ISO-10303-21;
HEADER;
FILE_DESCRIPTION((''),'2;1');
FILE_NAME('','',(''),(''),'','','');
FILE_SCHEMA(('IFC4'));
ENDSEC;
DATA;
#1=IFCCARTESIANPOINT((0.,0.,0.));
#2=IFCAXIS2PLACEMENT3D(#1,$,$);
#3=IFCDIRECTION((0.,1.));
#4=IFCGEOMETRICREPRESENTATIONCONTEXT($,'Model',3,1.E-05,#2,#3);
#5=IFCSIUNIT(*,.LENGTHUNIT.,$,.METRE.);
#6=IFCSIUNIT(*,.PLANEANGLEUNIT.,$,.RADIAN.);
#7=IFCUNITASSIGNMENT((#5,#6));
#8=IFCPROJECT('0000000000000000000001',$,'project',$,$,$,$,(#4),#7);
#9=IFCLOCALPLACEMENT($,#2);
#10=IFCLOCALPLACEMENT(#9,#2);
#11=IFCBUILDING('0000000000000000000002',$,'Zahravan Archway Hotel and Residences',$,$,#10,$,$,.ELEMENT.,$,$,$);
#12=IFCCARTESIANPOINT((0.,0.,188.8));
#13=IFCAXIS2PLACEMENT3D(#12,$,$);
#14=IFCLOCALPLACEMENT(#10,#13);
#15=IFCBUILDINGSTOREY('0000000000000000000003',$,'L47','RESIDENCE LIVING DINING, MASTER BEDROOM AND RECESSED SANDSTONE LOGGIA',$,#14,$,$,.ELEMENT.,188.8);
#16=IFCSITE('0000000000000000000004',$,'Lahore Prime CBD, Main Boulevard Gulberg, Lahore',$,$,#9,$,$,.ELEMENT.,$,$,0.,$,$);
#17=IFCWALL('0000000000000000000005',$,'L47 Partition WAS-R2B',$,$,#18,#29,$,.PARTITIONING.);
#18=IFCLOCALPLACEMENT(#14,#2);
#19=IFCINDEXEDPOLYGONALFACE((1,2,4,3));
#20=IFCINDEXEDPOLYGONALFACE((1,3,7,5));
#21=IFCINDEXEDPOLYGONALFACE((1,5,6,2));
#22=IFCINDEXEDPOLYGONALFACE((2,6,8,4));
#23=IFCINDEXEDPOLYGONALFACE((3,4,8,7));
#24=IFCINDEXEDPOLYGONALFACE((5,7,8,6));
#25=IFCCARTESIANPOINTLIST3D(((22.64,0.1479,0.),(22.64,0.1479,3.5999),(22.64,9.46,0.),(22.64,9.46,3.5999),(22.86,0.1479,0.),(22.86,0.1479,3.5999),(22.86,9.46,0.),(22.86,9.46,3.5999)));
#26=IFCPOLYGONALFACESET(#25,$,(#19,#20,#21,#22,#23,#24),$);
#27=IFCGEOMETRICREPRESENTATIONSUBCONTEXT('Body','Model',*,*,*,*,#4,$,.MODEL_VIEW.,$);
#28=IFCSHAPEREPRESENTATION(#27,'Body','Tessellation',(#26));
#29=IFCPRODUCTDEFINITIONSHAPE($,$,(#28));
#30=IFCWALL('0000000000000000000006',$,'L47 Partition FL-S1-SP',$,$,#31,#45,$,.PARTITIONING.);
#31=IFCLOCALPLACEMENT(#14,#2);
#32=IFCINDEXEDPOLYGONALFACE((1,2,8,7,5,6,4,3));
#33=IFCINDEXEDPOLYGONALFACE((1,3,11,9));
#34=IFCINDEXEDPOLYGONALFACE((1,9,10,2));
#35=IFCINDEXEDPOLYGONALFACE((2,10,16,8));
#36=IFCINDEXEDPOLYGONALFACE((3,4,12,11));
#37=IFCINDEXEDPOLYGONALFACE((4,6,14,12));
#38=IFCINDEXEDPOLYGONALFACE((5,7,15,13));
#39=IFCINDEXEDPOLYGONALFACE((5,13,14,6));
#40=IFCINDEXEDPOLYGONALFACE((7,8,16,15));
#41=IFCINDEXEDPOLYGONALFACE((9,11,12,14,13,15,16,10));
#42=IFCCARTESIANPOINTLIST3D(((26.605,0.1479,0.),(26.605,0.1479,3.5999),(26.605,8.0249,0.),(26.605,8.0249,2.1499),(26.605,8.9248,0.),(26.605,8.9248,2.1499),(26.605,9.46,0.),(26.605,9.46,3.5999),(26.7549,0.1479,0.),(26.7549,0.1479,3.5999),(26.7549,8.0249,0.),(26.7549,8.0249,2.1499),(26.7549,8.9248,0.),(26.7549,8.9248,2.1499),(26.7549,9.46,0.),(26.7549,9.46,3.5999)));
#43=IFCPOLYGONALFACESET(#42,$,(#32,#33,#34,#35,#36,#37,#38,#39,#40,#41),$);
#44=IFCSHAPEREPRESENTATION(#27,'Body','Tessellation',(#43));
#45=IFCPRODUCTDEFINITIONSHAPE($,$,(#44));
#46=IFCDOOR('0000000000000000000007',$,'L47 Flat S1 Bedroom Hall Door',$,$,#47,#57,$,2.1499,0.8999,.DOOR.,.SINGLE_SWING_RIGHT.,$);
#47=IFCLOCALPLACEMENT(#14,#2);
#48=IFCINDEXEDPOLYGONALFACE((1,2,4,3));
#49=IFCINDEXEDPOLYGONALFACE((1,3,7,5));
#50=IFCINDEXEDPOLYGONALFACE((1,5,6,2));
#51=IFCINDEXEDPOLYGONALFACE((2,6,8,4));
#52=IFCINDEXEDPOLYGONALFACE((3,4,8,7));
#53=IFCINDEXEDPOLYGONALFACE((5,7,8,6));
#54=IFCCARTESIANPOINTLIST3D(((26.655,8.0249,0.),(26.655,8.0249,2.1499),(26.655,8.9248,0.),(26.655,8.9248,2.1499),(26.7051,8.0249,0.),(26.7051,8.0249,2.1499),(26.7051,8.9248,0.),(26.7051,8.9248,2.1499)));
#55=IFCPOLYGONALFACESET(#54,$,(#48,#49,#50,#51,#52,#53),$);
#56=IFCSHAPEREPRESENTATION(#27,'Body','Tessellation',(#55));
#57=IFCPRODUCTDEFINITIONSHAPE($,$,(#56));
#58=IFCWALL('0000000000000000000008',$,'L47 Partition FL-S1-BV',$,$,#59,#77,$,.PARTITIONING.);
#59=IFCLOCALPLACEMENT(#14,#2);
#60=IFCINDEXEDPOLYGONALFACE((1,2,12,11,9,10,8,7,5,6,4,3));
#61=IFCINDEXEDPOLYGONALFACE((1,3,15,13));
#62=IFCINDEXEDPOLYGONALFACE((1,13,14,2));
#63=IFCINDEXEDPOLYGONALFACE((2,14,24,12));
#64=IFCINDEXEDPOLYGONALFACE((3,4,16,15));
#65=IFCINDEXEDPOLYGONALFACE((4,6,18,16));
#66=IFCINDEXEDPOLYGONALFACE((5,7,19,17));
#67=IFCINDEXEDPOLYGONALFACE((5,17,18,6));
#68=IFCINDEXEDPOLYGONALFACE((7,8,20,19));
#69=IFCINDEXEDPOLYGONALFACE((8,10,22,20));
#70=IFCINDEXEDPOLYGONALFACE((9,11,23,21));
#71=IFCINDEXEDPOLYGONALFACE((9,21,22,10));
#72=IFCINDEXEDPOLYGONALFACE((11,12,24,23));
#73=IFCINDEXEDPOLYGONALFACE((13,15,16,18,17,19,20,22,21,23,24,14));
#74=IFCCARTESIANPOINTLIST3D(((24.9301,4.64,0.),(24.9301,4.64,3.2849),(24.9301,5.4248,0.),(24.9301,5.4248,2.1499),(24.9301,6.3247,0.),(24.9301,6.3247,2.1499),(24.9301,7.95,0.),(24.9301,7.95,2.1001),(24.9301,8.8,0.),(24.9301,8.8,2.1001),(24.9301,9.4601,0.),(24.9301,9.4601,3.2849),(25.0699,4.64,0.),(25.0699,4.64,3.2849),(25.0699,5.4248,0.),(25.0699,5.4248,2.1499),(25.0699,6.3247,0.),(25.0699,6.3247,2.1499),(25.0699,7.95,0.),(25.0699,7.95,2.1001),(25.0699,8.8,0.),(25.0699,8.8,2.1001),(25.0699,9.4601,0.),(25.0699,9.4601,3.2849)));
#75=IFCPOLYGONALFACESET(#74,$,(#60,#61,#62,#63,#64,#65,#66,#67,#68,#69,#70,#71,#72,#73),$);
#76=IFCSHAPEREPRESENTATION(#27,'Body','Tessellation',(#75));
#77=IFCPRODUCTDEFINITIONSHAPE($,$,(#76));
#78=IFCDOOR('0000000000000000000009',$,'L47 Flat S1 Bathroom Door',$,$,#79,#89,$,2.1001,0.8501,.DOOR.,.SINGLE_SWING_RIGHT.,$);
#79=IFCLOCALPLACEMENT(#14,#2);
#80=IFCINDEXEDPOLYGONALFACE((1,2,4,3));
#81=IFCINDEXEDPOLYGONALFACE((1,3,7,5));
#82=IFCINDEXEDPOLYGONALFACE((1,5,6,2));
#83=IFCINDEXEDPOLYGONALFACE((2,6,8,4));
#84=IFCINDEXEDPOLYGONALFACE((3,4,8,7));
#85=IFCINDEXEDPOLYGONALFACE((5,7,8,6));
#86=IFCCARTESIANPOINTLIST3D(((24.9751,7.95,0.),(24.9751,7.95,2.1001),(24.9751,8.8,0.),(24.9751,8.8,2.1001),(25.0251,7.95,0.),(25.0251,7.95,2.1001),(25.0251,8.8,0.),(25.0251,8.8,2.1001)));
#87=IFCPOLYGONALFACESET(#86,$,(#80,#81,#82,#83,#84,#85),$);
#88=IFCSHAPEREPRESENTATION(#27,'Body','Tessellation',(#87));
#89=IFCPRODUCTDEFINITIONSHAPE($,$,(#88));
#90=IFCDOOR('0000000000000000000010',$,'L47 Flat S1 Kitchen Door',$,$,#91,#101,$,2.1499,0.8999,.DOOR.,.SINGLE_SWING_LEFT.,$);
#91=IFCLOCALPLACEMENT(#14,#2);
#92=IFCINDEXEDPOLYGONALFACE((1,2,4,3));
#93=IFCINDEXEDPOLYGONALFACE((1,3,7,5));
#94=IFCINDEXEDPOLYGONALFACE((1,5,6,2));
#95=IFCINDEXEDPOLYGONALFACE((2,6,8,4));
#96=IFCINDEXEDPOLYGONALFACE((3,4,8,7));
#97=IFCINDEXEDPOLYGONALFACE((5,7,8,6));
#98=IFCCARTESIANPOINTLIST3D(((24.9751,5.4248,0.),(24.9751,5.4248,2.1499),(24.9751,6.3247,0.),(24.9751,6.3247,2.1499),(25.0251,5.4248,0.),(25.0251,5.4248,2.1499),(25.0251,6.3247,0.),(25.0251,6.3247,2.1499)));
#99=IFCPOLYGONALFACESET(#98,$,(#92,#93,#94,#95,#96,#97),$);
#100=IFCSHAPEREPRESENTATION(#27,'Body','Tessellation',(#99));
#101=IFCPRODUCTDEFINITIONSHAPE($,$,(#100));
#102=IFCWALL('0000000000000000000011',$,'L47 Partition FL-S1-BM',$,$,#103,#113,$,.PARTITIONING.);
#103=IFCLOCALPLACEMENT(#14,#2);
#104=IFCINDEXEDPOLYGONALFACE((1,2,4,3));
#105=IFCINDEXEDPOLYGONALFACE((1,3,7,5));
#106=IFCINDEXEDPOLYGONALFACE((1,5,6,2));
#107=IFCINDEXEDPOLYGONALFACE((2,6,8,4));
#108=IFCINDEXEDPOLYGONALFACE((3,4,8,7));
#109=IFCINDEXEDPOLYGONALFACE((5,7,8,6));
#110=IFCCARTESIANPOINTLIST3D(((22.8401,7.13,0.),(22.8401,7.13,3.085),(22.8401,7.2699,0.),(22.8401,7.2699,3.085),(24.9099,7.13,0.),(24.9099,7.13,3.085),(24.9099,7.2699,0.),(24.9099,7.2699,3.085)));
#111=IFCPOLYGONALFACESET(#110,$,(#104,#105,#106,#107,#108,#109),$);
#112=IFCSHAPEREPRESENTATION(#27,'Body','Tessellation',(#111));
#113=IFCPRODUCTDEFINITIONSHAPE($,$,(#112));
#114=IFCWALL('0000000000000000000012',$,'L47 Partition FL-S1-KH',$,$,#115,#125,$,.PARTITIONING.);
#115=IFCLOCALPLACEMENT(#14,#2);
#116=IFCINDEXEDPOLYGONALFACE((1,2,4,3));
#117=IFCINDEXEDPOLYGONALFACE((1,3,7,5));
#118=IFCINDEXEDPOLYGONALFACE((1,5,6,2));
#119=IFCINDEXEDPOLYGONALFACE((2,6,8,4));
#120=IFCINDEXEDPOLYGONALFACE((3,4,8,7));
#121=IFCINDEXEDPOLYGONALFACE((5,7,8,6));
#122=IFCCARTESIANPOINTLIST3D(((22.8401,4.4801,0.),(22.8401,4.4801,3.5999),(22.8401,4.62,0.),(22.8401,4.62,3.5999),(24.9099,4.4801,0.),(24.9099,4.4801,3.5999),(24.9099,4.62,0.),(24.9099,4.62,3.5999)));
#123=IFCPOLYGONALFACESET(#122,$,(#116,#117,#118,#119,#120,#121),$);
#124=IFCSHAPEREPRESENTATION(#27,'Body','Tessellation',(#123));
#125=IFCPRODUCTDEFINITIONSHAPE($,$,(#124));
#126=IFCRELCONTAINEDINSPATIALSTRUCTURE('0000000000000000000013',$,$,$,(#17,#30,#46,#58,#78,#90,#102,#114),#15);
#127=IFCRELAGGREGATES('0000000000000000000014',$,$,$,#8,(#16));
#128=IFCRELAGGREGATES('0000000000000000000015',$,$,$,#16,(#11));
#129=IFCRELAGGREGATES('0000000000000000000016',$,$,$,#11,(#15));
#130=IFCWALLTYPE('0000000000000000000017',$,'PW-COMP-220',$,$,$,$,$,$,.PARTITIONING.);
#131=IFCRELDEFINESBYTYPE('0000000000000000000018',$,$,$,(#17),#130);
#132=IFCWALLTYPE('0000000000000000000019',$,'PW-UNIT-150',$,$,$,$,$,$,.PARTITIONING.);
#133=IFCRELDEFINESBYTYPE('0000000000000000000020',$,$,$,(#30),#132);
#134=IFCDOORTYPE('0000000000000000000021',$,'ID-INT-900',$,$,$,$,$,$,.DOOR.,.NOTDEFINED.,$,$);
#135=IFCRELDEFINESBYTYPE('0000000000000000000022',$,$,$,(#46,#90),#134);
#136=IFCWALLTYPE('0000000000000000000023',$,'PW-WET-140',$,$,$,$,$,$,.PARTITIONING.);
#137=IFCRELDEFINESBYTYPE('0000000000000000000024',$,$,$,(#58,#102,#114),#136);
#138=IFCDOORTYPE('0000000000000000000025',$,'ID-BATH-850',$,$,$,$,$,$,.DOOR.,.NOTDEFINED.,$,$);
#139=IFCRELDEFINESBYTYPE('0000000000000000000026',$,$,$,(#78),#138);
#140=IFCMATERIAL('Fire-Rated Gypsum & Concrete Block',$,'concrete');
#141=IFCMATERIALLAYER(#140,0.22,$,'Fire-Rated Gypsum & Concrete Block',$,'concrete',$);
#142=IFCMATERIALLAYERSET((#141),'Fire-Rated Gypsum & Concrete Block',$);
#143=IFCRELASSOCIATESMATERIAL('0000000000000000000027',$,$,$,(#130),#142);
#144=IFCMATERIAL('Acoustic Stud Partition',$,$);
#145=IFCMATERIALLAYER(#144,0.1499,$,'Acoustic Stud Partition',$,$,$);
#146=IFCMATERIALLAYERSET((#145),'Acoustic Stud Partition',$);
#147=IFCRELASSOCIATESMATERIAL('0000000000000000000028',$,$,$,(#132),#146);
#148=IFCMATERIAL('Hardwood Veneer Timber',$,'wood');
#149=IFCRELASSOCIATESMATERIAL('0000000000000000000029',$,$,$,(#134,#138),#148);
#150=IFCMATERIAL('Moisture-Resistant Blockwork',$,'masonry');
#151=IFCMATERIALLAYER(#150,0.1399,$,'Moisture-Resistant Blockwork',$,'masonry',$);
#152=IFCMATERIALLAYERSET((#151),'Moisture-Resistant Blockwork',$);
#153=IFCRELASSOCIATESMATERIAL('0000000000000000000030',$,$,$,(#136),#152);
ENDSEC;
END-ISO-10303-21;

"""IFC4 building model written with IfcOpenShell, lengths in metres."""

from ifc_helpers import new_model, si_unit, direction, frame, frame_2d, origin, place, context, subcontext, project, spatial, rectangle, extrude, source, transform, mapped, material, layer, layer_set, type_object, type_shapes, element, fill, save


model = new_model("IFC4")

# Units and contexts
model_context = context("Model", 3, precision=1e-05, world=origin(), true_north=direction((0.0, 1.0)))
body_context = subcontext(model_context, "Body", "Model", "MODEL_VIEW")
ifc_project = project(units=[si_unit("LENGTHUNIT", "METRE"), si_unit("PLANEANGLEUNIT", "RADIAN")], contexts=[model_context])

# Site, building, storey
site_placement = place(None, origin())
site = spatial("IfcSite", under=ifc_project, at=site_placement, Name="Lahore Prime CBD, Main Boulevard Gulberg, Lahore", CompositionType="ELEMENT", RefElevation=0.0)
building_placement = place(site_placement, origin())
building = spatial("IfcBuilding", under=site, at=building_placement, Name="Zahravan Archway Hotel and Residences", CompositionType="ELEMENT")
storey_placement = place(building_placement, frame((0.0, 0.0, 188.8)))
storey = spatial("IfcBuildingStorey", under=building, at=storey_placement, Name="L47", Description="RESIDENCE LIVING DINING, MASTER BEDROOM AND RECESSED SANDSTONE LOGGIA", CompositionType="ELEMENT", Elevation=188.8)

# Wall
ifc_material_1 = material(Name="Fire-Rated Gypsum & Concrete Block", Category="concrete")
ifc_layer_1 = layer(ifc_material_1, 0.22, Name="Fire-Rated Gypsum & Concrete Block", Category="concrete")
ifc_layer_set_1 = layer_set([ifc_layer_1], Name="Fire-Rated Gypsum & Concrete Block")
wall_type_1 = type_object("IfcWallType", Name="PW-COMP-220", PredefinedType="PARTITIONING", material=ifc_layer_set_1)
wall_1_placement = place(storey_placement, frame((22.75, 0.1479, 0.0), z_axis=(0.0, 0.0, 1.0), x_axis=(0.0, 1.0, 0.0)))
element("IfcWall", 1, at=wall_1_placement, inside=storey, type_object=wall_type_1, Name="L47 Partition WAS-R2B", PredefinedType="PARTITIONING", context=body_context, shape_type="SweptSolid", body=[
    extrude(rectangle(XDim=9.312, YDim=0.22, at=frame_2d((4.656, 0.0))), origin(), (0.0, 0.0, 1.0), 3.5999),
])

# Wall, opening, door
ifc_material_2 = material(Name="Acoustic Stud Partition")
ifc_layer_2 = layer(ifc_material_2, 0.1499, Name="Acoustic Stud Partition")
ifc_layer_set_2 = layer_set([ifc_layer_2], Name="Acoustic Stud Partition")
wall_type_2 = type_object("IfcWallType", Name="PW-UNIT-150", PredefinedType="PARTITIONING", material=ifc_layer_set_2)
wall_2_placement = place(storey_placement, frame((26.6799, 0.1479, 0.0), z_axis=(0.0, 0.0, 1.0), x_axis=(0.0, 1.0, 0.0)))
wall_2 = element("IfcWall", 2, at=wall_2_placement, inside=storey, type_object=wall_type_2, Name="L47 Partition FL-S1-SP", PredefinedType="PARTITIONING", context=body_context, shape_type="SweptSolid", body=[
    extrude(rectangle(XDim=9.312, YDim=0.1499, at=frame_2d((4.656, 0.0))), origin(), (0.0, 0.0, 1.0), 3.5999),
])
opening_1_placement = place(wall_2_placement, frame((7.877, 0.0, 0.0)))
opening_1 = element("IfcOpeningElement", 3, at=opening_1_placement, cuts=wall_2, PredefinedType="OPENING", context=body_context, shape_type="SweptSolid", body=[
    extrude(rectangle(XDim=0.8999, YDim=2.1499, at=frame_2d((0.45, 1.075))), frame((0.0, 0.085, 0.0), z_axis=(0.0, -1.0, 0.0), x_axis=(1.0, 0.0, 0.0)), (0.0, 0.0, 1.0), 0.1699),
])
ifc_material_3 = material(Name="Hardwood Veneer Timber", Category="wood")
door_type_1 = type_object("IfcDoorType", Name="ID-INT-900", OperationType="NOTDEFINED", PredefinedType="DOOR", material=ifc_material_3)
shared_shape_1 = source(origin(), body_context, "Body", "SweptSolid", [
    extrude(rectangle(XDim=0.8999, YDim=2.1499, at=frame_2d((0.45, 1.075))), frame((0.0, 0.0249, 0.0), z_axis=(0.0, -1.0, 0.0), x_axis=(1.0, 0.0, 0.0)), (0.0, 0.0, 1.0), 0.05),
])
type_shapes(door_type_1, [shared_shape_1])
door_1_placement = place(opening_1_placement, origin())
door_1 = element("IfcDoor", 4, at=door_1_placement, inside=storey, type_object=door_type_1, Name="L47 Flat S1 Bedroom Hall Door", OperationType="SINGLE_SWING_RIGHT", OverallHeight=2.1499, OverallWidth=0.8999, PredefinedType="DOOR", context=body_context, shape_type="MappedRepresentation", body=[
    mapped(shared_shape_1, transform((0.0, 0.0, 0.0), scale=1.0)),
])
fill(opening_1, door_1)

# Wall, openings, doors
ifc_material_4 = material(Name="Moisture-Resistant Blockwork", Category="masonry")
ifc_layer_3 = layer(ifc_material_4, 0.1399, Name="Moisture-Resistant Blockwork", Category="masonry")
ifc_layer_set_3 = layer_set([ifc_layer_3], Name="Moisture-Resistant Blockwork")
wall_type_3 = type_object("IfcWallType", Name="PW-WET-140", PredefinedType="PARTITIONING", material=ifc_layer_set_3)
wall_3_placement = place(storey_placement, frame((25.0, 4.6399, 0.0), z_axis=(0.0, 0.0, 1.0), x_axis=(0.0, 1.0, 0.0)))
wall_3 = element("IfcWall", 5, at=wall_3_placement, inside=storey, type_object=wall_type_3, Name="L47 Partition FL-S1-BV", PredefinedType="PARTITIONING", context=body_context, shape_type="SweptSolid", body=[
    extrude(rectangle(XDim=4.8201, YDim=0.1399, at=frame_2d((2.4102, 0.0))), origin(), (0.0, 0.0, 1.0), 3.2849),
])
opening_2_placement = place(wall_3_placement, frame((0.7849, 0.0, 0.0)))
opening_2 = element("IfcOpeningElement", 6, at=opening_2_placement, cuts=wall_3, PredefinedType="OPENING", context=body_context, shape_type="SweptSolid", body=[
    extrude(rectangle(XDim=0.8999, YDim=2.1499, at=frame_2d((0.45, 1.075))), frame((0.0, 0.0801, 0.0), z_axis=(0.0, -1.0, 0.0), x_axis=(1.0, 0.0, 0.0)), (0.0, 0.0, 1.0), 0.1599),
])
opening_3_placement = place(wall_3_placement, frame((3.3101, 0.0, 0.0)))
opening_3 = element("IfcOpeningElement", 7, at=opening_3_placement, cuts=wall_3, PredefinedType="OPENING", context=body_context, shape_type="SweptSolid", body=[
    extrude(rectangle(XDim=0.8501, YDim=2.1001, at=frame_2d((0.425, 1.05))), frame((0.0, 0.0801, 0.0), z_axis=(0.0, -1.0, 0.0), x_axis=(1.0, 0.0, 0.0)), (0.0, 0.0, 1.0), 0.1599),
])
door_type_2 = type_object("IfcDoorType", Name="ID-BATH-850", OperationType="NOTDEFINED", PredefinedType="DOOR", material=ifc_material_3)
shared_shape_2 = source(origin(), body_context, "Body", "SweptSolid", [
    extrude(rectangle(XDim=0.8501, YDim=2.1001, at=frame_2d((0.425, 1.05))), frame((0.0, 0.0249, 0.0), z_axis=(0.0, -1.0, 0.0), x_axis=(1.0, 0.0, 0.0)), (0.0, 0.0, 1.0), 0.05),
])
type_shapes(door_type_2, [shared_shape_2])
door_2_placement = place(opening_3_placement, origin())
door_2 = element("IfcDoor", 8, at=door_2_placement, inside=storey, type_object=door_type_2, Name="L47 Flat S1 Bathroom Door", OperationType="SINGLE_SWING_RIGHT", OverallHeight=2.1001, OverallWidth=0.8501, PredefinedType="DOOR", context=body_context, shape_type="MappedRepresentation", body=[
    mapped(shared_shape_2, transform((0.0, 0.0, 0.0), scale=1.0)),
])
fill(opening_3, door_2)
door_3_placement = place(opening_2_placement, origin())
door_3 = element("IfcDoor", 9, at=door_3_placement, inside=storey, type_object=door_type_1, Name="L47 Flat S1 Kitchen Door", OperationType="SINGLE_SWING_LEFT", OverallHeight=2.1499, OverallWidth=0.8999, PredefinedType="DOOR", context=body_context, shape_type="MappedRepresentation", body=[
    mapped(shared_shape_1, transform((0.0, 0.0, 0.0), scale=1.0)),
])
fill(opening_2, door_3)

# Walls
wall_4_placement = place(storey_placement, frame((22.8401, 7.2, 0.0), z_axis=(0.0, 0.0, 1.0), x_axis=(1.0, 0.0, 0.0)))
element("IfcWall", 10, at=wall_4_placement, inside=storey, type_object=wall_type_3, Name="L47 Partition FL-S1-BM", PredefinedType="PARTITIONING", context=body_context, shape_type="SweptSolid", body=[
    extrude(rectangle(XDim=2.0698, YDim=0.1399, at=frame_2d((1.0349, 0.0))), origin(), (0.0, 0.0, 1.0), 3.085),
])
wall_5_placement = place(storey_placement, frame((22.8401, 4.55, 0.0), z_axis=(0.0, 0.0, 1.0), x_axis=(1.0, 0.0, 0.0)))
element("IfcWall", 11, at=wall_5_placement, inside=storey, type_object=wall_type_3, Name="L47 Partition FL-S1-KH", PredefinedType="PARTITIONING", context=body_context, shape_type="SweptSolid", body=[
    extrude(rectangle(XDim=2.0698, YDim=0.1399, at=frame_2d((1.0349, 0.0))), origin(), (0.0, 0.0, 1.0), 3.5999),
])

save(model, "model.ifc")
